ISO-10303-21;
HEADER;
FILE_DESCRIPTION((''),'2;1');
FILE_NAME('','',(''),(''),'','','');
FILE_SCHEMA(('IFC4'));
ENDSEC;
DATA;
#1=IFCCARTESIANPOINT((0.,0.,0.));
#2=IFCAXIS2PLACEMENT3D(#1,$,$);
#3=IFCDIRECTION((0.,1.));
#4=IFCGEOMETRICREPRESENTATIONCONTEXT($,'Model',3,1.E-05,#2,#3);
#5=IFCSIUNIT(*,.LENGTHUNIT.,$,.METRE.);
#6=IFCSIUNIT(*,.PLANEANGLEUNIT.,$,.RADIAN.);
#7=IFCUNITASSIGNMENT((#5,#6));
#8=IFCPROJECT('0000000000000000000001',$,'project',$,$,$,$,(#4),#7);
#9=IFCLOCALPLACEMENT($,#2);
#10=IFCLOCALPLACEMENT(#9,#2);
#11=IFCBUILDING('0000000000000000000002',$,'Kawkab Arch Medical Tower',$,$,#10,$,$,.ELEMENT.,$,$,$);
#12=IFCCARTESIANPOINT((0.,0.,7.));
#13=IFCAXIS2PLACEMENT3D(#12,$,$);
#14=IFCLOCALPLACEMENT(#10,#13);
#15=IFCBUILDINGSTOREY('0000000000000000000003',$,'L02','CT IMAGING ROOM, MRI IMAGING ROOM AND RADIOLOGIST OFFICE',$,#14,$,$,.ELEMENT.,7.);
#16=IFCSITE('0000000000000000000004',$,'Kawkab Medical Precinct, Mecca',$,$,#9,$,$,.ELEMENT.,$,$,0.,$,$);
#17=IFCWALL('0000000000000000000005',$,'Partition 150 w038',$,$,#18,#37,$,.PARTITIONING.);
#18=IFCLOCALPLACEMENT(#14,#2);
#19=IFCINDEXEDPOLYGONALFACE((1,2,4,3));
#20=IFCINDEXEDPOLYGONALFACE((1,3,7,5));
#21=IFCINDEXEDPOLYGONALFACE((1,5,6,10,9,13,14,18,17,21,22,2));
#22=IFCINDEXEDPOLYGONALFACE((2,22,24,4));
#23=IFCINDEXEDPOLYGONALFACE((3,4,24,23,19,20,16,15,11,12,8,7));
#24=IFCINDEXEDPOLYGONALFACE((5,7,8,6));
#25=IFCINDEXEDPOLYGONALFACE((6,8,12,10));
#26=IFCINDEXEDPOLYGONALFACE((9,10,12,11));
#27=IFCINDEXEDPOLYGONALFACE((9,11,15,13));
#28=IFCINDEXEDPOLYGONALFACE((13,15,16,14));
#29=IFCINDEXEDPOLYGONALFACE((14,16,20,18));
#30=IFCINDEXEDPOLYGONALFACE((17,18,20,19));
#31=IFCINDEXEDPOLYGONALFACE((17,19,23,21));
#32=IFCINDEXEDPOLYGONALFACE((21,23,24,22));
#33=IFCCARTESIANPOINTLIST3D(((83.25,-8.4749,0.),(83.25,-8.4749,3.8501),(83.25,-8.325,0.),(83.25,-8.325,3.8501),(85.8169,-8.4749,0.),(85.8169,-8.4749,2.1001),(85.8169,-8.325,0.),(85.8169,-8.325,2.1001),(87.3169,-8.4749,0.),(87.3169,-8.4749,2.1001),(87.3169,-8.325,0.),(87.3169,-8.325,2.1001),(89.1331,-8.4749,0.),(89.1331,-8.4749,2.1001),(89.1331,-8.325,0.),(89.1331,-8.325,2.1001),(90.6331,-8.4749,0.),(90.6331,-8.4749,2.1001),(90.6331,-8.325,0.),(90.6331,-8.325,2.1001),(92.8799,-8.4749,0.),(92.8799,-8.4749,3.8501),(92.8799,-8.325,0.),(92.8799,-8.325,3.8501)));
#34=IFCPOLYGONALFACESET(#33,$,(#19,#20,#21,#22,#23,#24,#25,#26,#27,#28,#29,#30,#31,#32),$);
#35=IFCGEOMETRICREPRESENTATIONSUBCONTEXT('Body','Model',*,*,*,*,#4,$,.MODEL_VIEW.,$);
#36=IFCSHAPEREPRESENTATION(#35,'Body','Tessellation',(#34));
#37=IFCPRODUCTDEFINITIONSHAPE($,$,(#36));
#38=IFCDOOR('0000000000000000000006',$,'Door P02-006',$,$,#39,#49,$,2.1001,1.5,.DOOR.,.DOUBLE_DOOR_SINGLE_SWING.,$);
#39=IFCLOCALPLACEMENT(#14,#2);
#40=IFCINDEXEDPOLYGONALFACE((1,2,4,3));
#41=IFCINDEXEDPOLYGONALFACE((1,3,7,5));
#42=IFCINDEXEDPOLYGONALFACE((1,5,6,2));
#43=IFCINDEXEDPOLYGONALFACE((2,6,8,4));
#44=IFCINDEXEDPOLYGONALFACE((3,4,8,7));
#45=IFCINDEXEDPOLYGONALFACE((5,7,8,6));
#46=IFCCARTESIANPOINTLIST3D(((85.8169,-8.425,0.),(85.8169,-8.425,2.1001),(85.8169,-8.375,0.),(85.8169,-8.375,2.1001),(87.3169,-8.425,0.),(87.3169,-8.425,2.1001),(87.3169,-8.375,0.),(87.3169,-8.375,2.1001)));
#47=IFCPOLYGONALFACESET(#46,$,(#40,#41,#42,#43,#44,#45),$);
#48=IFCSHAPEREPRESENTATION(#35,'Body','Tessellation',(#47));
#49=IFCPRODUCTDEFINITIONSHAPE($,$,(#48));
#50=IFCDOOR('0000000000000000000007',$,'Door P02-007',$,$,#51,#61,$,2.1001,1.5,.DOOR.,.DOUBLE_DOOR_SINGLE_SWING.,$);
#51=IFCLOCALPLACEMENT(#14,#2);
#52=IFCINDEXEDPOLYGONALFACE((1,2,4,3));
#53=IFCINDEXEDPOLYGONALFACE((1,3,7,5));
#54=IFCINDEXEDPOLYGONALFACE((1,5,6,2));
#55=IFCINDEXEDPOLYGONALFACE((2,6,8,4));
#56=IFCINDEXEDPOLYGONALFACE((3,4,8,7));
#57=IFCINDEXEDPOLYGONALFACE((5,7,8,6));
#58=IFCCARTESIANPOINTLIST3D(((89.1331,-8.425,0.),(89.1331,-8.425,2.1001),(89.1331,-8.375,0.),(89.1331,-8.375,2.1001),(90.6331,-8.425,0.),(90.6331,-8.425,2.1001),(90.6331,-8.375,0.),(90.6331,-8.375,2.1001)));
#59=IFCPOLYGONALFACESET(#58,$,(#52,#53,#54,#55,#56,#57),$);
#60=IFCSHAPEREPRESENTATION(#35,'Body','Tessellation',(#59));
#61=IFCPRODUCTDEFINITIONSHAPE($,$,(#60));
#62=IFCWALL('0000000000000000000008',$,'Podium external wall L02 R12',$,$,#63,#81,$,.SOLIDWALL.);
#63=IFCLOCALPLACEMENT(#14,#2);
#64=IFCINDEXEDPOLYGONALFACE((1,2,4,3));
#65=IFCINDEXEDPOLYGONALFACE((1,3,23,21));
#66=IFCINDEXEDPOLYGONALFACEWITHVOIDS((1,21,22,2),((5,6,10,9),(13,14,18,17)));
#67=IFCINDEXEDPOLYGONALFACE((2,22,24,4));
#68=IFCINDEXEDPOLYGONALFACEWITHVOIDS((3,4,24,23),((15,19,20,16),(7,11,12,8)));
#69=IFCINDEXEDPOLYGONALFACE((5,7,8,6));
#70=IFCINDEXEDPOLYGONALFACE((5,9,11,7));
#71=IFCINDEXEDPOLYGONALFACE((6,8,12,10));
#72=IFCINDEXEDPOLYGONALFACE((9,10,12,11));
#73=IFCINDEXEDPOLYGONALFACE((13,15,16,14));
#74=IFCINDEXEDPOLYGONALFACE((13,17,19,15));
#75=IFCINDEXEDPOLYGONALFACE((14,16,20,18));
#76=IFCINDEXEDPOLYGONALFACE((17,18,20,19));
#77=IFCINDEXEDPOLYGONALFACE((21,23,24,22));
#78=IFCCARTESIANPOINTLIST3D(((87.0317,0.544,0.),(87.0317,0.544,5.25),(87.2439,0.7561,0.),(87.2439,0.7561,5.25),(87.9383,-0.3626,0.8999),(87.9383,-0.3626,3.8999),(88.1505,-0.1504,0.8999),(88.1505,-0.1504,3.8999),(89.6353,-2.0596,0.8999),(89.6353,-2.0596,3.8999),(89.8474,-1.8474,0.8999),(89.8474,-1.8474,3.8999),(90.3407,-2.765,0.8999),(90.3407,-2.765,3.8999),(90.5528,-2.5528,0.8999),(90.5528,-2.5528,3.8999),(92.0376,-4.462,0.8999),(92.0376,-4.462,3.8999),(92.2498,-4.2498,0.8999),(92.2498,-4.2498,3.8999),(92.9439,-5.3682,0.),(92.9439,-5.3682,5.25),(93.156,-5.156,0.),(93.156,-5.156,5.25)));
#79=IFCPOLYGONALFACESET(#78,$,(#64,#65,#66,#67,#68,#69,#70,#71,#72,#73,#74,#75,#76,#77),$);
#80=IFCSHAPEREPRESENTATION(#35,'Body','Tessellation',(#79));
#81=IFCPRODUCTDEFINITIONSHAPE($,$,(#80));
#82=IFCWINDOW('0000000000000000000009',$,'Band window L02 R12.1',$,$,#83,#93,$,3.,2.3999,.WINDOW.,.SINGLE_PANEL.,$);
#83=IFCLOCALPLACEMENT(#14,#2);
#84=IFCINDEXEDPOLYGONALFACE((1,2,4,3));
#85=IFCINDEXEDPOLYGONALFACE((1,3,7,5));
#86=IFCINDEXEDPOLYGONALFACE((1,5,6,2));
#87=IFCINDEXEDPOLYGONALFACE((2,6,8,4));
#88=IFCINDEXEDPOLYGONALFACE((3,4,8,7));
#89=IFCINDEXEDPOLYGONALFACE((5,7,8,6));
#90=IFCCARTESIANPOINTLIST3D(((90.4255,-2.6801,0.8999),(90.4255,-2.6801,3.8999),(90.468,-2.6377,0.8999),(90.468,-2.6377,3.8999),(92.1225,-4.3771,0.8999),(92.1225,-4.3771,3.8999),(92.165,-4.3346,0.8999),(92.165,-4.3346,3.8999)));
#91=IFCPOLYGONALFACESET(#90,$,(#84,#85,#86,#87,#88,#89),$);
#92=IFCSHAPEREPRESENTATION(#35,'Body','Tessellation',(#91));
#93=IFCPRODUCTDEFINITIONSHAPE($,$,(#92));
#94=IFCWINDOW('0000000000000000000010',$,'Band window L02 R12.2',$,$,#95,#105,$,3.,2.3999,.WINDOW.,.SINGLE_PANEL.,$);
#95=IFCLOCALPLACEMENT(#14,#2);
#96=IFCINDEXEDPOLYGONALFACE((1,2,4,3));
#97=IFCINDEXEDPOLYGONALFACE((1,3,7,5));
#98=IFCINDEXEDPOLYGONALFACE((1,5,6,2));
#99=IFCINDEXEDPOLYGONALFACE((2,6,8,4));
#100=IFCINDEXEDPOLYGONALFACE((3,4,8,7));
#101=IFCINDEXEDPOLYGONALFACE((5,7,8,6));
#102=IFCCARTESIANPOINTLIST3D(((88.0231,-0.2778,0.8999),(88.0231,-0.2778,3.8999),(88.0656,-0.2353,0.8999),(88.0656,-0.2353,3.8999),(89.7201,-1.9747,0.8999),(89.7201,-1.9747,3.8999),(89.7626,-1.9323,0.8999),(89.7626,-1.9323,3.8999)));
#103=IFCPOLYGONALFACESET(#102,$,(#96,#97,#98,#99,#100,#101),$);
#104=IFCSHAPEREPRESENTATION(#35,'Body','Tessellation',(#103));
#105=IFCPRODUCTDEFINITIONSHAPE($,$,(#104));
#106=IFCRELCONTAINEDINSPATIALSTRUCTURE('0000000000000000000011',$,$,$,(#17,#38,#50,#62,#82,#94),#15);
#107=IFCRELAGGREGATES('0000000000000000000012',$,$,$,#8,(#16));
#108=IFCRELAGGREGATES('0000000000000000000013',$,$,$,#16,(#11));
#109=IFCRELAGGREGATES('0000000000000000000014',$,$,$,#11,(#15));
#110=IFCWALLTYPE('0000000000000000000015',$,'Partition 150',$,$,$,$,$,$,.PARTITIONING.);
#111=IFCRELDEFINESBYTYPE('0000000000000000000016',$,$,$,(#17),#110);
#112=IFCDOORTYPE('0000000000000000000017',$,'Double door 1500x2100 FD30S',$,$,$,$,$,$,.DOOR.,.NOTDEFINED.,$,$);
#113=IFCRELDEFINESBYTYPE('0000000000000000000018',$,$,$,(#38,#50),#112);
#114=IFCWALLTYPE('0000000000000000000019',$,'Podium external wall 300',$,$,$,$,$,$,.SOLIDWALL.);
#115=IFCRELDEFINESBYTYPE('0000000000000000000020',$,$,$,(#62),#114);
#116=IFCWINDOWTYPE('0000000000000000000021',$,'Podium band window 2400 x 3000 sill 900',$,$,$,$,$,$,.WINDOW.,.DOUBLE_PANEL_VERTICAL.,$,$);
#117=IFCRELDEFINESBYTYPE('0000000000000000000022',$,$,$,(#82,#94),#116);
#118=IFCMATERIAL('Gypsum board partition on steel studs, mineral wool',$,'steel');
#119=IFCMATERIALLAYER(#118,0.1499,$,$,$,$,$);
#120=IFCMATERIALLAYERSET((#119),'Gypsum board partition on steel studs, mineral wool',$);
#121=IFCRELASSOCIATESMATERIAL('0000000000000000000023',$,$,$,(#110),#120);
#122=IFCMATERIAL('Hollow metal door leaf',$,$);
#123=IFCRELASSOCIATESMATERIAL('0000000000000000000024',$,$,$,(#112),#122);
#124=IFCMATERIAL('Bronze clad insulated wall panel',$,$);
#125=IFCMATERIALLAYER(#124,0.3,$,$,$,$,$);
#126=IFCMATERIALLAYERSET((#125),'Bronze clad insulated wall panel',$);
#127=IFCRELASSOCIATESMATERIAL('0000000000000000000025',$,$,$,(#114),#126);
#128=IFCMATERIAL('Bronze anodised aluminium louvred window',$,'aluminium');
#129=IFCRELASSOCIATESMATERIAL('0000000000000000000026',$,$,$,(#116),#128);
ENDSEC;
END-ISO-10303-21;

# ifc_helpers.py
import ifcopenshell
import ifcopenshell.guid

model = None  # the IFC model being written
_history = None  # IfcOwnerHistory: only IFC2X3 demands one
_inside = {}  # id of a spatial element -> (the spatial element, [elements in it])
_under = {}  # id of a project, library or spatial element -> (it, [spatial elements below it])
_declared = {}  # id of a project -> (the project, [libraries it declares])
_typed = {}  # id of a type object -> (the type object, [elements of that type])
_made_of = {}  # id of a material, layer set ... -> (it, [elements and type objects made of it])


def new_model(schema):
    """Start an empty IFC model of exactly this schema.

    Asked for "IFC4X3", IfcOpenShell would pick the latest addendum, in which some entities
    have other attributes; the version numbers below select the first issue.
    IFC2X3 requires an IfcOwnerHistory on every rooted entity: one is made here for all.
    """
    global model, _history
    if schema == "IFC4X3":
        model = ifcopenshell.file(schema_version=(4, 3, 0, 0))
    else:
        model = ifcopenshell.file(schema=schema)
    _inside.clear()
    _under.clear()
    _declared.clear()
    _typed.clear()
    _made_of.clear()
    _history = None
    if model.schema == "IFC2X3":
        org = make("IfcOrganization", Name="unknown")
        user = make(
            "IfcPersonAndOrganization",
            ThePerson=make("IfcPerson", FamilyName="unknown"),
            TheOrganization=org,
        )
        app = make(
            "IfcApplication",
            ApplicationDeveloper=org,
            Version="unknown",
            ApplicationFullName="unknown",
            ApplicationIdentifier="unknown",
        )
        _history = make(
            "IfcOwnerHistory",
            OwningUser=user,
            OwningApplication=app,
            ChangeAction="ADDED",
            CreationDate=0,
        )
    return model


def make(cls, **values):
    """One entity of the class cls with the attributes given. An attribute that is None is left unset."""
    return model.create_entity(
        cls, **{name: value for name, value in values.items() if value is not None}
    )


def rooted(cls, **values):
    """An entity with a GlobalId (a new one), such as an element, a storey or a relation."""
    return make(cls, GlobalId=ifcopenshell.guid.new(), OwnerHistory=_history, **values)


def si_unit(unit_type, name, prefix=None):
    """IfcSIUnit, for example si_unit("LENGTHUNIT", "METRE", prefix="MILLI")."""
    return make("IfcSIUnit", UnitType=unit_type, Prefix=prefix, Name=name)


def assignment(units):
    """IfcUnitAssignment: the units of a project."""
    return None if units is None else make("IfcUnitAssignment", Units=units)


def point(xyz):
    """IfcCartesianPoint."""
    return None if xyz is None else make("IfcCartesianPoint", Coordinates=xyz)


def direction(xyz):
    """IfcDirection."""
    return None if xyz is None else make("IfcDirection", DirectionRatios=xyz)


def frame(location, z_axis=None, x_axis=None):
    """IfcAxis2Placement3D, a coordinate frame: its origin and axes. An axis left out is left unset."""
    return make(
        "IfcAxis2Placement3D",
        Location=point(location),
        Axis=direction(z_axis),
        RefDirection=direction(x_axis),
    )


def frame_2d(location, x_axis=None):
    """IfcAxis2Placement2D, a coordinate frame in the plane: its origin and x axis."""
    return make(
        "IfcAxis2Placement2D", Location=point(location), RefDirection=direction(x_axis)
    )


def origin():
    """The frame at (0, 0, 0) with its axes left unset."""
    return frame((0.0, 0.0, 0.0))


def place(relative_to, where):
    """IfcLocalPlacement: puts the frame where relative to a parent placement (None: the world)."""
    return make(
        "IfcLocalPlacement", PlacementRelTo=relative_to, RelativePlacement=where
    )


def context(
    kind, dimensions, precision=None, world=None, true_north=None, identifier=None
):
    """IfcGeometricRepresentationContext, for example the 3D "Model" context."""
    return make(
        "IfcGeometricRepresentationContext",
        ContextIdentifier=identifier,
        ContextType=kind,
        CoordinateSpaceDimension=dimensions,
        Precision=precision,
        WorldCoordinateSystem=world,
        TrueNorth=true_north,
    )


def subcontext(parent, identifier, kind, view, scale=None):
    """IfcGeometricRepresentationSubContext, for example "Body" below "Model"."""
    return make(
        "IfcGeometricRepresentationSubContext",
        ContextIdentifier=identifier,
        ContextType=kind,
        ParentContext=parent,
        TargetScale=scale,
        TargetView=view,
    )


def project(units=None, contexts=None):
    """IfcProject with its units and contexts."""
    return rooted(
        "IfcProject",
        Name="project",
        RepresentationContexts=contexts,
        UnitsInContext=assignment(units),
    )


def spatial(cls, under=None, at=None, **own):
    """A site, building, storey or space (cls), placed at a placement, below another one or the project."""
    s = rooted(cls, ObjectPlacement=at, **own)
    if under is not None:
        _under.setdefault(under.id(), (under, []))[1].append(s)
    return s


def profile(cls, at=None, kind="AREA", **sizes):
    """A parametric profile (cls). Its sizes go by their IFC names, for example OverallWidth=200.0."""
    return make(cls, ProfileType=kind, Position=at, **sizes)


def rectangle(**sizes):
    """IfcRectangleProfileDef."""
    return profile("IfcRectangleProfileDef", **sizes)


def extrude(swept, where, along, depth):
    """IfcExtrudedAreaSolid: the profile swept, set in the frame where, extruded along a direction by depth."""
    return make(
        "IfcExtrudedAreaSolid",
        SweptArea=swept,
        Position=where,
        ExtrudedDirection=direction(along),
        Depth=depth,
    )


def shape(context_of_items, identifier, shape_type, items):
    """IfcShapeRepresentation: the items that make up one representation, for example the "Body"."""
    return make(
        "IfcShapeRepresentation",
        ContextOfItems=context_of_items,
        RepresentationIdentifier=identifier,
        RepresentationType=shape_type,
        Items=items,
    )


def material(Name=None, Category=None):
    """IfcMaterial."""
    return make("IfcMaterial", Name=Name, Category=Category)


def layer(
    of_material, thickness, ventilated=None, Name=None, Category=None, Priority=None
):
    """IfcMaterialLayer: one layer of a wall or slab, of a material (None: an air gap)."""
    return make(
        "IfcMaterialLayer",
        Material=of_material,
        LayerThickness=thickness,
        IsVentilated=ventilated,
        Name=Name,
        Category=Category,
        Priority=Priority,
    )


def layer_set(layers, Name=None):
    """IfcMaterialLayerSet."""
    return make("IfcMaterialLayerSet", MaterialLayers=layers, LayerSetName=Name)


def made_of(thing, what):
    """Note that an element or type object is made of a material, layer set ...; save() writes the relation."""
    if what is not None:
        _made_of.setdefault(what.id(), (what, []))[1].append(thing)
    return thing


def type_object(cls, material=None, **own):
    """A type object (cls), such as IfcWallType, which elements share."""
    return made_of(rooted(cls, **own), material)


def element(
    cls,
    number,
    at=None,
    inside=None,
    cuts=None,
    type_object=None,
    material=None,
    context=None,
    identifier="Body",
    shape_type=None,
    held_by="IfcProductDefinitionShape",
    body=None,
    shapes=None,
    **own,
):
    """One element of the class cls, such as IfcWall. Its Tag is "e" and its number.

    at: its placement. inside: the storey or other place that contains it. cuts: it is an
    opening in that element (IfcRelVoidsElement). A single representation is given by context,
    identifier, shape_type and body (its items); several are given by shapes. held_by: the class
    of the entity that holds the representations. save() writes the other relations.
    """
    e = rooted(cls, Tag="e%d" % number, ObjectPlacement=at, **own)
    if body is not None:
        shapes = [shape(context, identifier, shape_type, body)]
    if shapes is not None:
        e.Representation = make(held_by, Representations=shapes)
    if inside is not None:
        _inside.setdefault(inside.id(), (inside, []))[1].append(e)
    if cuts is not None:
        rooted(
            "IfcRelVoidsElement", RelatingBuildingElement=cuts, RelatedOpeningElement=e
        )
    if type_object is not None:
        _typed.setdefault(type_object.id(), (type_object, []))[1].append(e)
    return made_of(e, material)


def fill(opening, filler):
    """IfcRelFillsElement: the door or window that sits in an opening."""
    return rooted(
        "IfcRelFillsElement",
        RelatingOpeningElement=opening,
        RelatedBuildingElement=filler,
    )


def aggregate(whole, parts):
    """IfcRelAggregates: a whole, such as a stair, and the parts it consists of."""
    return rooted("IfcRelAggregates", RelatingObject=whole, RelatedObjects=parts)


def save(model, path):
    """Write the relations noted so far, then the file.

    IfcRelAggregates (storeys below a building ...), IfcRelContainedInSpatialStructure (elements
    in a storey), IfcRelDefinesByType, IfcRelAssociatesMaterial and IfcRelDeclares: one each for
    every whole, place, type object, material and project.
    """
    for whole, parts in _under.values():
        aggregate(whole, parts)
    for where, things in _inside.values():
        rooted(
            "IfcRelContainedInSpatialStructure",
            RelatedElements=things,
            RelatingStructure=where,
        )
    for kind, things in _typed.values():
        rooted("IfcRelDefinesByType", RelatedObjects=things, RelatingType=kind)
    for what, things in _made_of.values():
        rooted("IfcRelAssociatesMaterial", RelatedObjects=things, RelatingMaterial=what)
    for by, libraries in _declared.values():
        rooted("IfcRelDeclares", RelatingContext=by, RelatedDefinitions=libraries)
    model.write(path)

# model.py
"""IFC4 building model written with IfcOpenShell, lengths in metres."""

from ifc_helpers import new_model, si_unit, direction, frame, frame_2d, origin, place, context, subcontext, project, spatial, rectangle, extrude, material, layer, layer_set, type_object, element, fill, save


model = new_model("IFC4")

# Units and contexts
model_context = context("Model", 3, precision=1e-05, world=origin(), true_north=direction((0.0, 1.0)))
body_context = subcontext(model_context, "Body", "Model", "MODEL_VIEW")
ifc_project = project(units=[si_unit("LENGTHUNIT", "METRE"), si_unit("PLANEANGLEUNIT", "RADIAN")], contexts=[model_context])

# Site, building, storey
site_placement = place(None, origin())
site = spatial("IfcSite", under=ifc_project, at=site_placement, Name="Kawkab Medical Precinct, Mecca", CompositionType="ELEMENT", RefElevation=0.0)
building_placement = place(site_placement, origin())
building = spatial("IfcBuilding", under=site, at=building_placement, Name="Kawkab Arch Medical Tower", CompositionType="ELEMENT")
storey_placement = place(building_placement, frame((0.0, 0.0, 7.0)))
storey = spatial("IfcBuildingStorey", under=building, at=storey_placement, Name="L02", Description="CT IMAGING ROOM, MRI IMAGING ROOM AND RADIOLOGIST OFFICE", CompositionType="ELEMENT", Elevation=7.0)

# Wall, openings, doors
ifc_material_1 = material(Name="Gypsum board partition on steel studs, mineral wool", Category="steel")
ifc_layer_1 = layer(ifc_material_1, 0.1499)
ifc_layer_set_1 = layer_set([ifc_layer_1], Name="Gypsum board partition on steel studs, mineral wool")
wall_type_1 = type_object("IfcWallType", Name="Partition 150", PredefinedType="PARTITIONING", material=ifc_layer_set_1)
wall_1_placement = place(storey_placement, frame((83.25, -8.3999, 0.0), z_axis=(0.0, 0.0, 1.0), x_axis=(1.0, 0.0, 0.0)))
wall_1 = element("IfcWall", 1, at=wall_1_placement, inside=storey, type_object=wall_type_1, Name="Partition 150 w038", PredefinedType="PARTITIONING", context=body_context, shape_type="SweptSolid", body=[
    extrude(rectangle(XDim=9.6299, YDim=0.1499, at=frame_2d((4.8149, 0.0))), origin(), (0.0, 0.0, 1.0), 3.8501),
])
opening_1_placement = place(wall_1_placement, frame((2.5669, 0.0, 0.0)))
opening_1 = element("IfcOpeningElement", 2, at=opening_1_placement, cuts=wall_1, PredefinedType="OPENING", context=body_context, shape_type="SweptSolid", body=[
    extrude(rectangle(XDim=1.5, YDim=2.1001, at=frame_2d((0.75, 1.05))), frame((0.0, 0.085, 0.0), z_axis=(0.0, -1.0, 0.0), x_axis=(1.0, 0.0, 0.0)), (0.0, 0.0, 1.0), 0.1699),
])
opening_2_placement = place(wall_1_placement, frame((5.8831, 0.0, 0.0)))
opening_2 = element("IfcOpeningElement", 3, at=opening_2_placement, cuts=wall_1, PredefinedType="OPENING", context=body_context, shape_type="SweptSolid", body=[
    extrude(rectangle(XDim=1.5, YDim=2.1001, at=frame_2d((0.75, 1.05))), frame((0.0, 0.085, 0.0), z_axis=(0.0, -1.0, 0.0), x_axis=(1.0, 0.0, 0.0)), (0.0, 0.0, 1.0), 0.1699),
])
ifc_material_2 = material(Name="Hollow metal door leaf")
door_type_1 = type_object("IfcDoorType", Name="Double door 1500x2100 FD30S", OperationType="NOTDEFINED", PredefinedType="DOOR", material=ifc_material_2)
door_1_placement = place(opening_1_placement, origin())
door_1 = element("IfcDoor", 4, at=door_1_placement, inside=storey, type_object=door_type_1, Name="Door P02-006", OperationType="DOUBLE_DOOR_SINGLE_SWING", OverallHeight=2.1001, OverallWidth=1.5, PredefinedType="DOOR", context=body_context, shape_type="SweptSolid", body=[
    extrude(rectangle(XDim=1.5, YDim=2.1001, at=frame_2d((0.75, 1.05))), frame((0.0, 0.0249, 0.0), z_axis=(0.0, -1.0, 0.0), x_axis=(1.0, 0.0, 0.0)), (0.0, 0.0, 1.0), 0.05),
])
fill(opening_1, door_1)
door_2_placement = place(opening_2_placement, origin())
door_2 = element("IfcDoor", 5, at=door_2_placement, inside=storey, type_object=door_type_1, Name="Door P02-007", OperationType="DOUBLE_DOOR_SINGLE_SWING", OverallHeight=2.1001, OverallWidth=1.5, PredefinedType="DOOR", context=body_context, shape_type="SweptSolid", body=[
    extrude(rectangle(XDim=1.5, YDim=2.1001, at=frame_2d((0.75, 1.05))), frame((0.0, 0.0249, 0.0), z_axis=(0.0, -1.0, 0.0), x_axis=(1.0, 0.0, 0.0)), (0.0, 0.0, 1.0), 0.05),
])
fill(opening_2, door_2)

# Wall, openings, windows
ifc_material_3 = material(Name="Bronze clad insulated wall panel")
ifc_layer_2 = layer(ifc_material_3, 0.3)
ifc_layer_set_2 = layer_set([ifc_layer_2], Name="Bronze clad insulated wall panel")
wall_type_2 = type_object("IfcWallType", Name="Podium external wall 300", PredefinedType="SOLIDWALL", material=ifc_layer_set_2)
wall_2_placement = place(storey_placement, frame((93.05, -5.2622, 0.0), z_axis=(0.0, 0.0, 1.0), x_axis=(-0.707107, 0.707107, 0.0)))
wall_2 = element("IfcWall", 6, at=wall_2_placement, inside=storey, type_object=wall_type_2, Name="Podium external wall L02 R12", PredefinedType="SOLIDWALL", context=body_context, shape_type="SweptSolid", body=[
    extrude(rectangle(XDim=8.3611, YDim=0.3, at=frame_2d((4.1807, 0.0))), origin(), (0.0, 0.0, 1.0), 5.25),
])
opening_3_placement = place(wall_2_placement, frame((1.2817, 0.0, 0.8999)))
opening_3 = element("IfcOpeningElement", 7, at=opening_3_placement, cuts=wall_2, PredefinedType="OPENING", context=body_context, shape_type="SweptSolid", body=[
    extrude(rectangle(XDim=2.3999, YDim=3.0, at=frame_2d((1.2, 1.5))), frame((0.0, 0.1599, 0.0), z_axis=(0.0, -1.0, 0.0), x_axis=(1.0, 0.0, 0.0)), (0.0, 0.0, 1.0), 0.3201),
])
opening_4_placement = place(wall_2_placement, frame((4.6792, 0.0, 0.8999)))
opening_4 = element("IfcOpeningElement", 8, at=opening_4_placement, cuts=wall_2, PredefinedType="OPENING", context=body_context, shape_type="SweptSolid", body=[
    extrude(rectangle(XDim=2.3999, YDim=3.0, at=frame_2d((1.2, 1.5))), frame((0.0, 0.1599, 0.0), z_axis=(0.0, -1.0, 0.0), x_axis=(1.0, 0.0, 0.0)), (0.0, 0.0, 1.0), 0.3201),
])
ifc_material_4 = material(Name="Bronze anodised aluminium louvred window", Category="aluminium")
window_type_1 = type_object("IfcWindowType", Name="Podium band window 2400 x 3000 sill 900", PartitioningType="DOUBLE_PANEL_VERTICAL", PredefinedType="WINDOW", material=ifc_material_4)
window_1_placement = place(opening_3_placement, origin())
window_1 = element("IfcWindow", 9, at=window_1_placement, inside=storey, type_object=window_type_1, Name="Band window L02 R12.1", OverallHeight=3.0, OverallWidth=2.3999, PartitioningType="SINGLE_PANEL", PredefinedType="WINDOW", context=body_context, shape_type="SweptSolid", body=[
    extrude(rectangle(XDim=2.3999, YDim=3.0, at=frame_2d((1.2, 1.5))), frame((0.0, 0.03, 0.0), z_axis=(0.0, -1.0, 0.0), x_axis=(1.0, 0.0, 0.0)), (0.0, 0.0, 1.0), 0.0601),
])
fill(opening_3, window_1)
window_2_placement = place(opening_4_placement, origin())
window_2 = element("IfcWindow", 10, at=window_2_placement, inside=storey, type_object=window_type_1, Name="Band window L02 R12.2", OverallHeight=3.0, OverallWidth=2.3999, PartitioningType="SINGLE_PANEL", PredefinedType="WINDOW", context=body_context, shape_type="SweptSolid", body=[
    extrude(rectangle(XDim=2.3999, YDim=3.0, at=frame_2d((1.2, 1.5))), frame((0.0, 0.03, 0.0), z_axis=(0.0, -1.0, 0.0), x_axis=(1.0, 0.0, 0.0)), (0.0, 0.0, 1.0), 0.0601),
])
fill(opening_4, window_2)

save(model, "model.ifc")
